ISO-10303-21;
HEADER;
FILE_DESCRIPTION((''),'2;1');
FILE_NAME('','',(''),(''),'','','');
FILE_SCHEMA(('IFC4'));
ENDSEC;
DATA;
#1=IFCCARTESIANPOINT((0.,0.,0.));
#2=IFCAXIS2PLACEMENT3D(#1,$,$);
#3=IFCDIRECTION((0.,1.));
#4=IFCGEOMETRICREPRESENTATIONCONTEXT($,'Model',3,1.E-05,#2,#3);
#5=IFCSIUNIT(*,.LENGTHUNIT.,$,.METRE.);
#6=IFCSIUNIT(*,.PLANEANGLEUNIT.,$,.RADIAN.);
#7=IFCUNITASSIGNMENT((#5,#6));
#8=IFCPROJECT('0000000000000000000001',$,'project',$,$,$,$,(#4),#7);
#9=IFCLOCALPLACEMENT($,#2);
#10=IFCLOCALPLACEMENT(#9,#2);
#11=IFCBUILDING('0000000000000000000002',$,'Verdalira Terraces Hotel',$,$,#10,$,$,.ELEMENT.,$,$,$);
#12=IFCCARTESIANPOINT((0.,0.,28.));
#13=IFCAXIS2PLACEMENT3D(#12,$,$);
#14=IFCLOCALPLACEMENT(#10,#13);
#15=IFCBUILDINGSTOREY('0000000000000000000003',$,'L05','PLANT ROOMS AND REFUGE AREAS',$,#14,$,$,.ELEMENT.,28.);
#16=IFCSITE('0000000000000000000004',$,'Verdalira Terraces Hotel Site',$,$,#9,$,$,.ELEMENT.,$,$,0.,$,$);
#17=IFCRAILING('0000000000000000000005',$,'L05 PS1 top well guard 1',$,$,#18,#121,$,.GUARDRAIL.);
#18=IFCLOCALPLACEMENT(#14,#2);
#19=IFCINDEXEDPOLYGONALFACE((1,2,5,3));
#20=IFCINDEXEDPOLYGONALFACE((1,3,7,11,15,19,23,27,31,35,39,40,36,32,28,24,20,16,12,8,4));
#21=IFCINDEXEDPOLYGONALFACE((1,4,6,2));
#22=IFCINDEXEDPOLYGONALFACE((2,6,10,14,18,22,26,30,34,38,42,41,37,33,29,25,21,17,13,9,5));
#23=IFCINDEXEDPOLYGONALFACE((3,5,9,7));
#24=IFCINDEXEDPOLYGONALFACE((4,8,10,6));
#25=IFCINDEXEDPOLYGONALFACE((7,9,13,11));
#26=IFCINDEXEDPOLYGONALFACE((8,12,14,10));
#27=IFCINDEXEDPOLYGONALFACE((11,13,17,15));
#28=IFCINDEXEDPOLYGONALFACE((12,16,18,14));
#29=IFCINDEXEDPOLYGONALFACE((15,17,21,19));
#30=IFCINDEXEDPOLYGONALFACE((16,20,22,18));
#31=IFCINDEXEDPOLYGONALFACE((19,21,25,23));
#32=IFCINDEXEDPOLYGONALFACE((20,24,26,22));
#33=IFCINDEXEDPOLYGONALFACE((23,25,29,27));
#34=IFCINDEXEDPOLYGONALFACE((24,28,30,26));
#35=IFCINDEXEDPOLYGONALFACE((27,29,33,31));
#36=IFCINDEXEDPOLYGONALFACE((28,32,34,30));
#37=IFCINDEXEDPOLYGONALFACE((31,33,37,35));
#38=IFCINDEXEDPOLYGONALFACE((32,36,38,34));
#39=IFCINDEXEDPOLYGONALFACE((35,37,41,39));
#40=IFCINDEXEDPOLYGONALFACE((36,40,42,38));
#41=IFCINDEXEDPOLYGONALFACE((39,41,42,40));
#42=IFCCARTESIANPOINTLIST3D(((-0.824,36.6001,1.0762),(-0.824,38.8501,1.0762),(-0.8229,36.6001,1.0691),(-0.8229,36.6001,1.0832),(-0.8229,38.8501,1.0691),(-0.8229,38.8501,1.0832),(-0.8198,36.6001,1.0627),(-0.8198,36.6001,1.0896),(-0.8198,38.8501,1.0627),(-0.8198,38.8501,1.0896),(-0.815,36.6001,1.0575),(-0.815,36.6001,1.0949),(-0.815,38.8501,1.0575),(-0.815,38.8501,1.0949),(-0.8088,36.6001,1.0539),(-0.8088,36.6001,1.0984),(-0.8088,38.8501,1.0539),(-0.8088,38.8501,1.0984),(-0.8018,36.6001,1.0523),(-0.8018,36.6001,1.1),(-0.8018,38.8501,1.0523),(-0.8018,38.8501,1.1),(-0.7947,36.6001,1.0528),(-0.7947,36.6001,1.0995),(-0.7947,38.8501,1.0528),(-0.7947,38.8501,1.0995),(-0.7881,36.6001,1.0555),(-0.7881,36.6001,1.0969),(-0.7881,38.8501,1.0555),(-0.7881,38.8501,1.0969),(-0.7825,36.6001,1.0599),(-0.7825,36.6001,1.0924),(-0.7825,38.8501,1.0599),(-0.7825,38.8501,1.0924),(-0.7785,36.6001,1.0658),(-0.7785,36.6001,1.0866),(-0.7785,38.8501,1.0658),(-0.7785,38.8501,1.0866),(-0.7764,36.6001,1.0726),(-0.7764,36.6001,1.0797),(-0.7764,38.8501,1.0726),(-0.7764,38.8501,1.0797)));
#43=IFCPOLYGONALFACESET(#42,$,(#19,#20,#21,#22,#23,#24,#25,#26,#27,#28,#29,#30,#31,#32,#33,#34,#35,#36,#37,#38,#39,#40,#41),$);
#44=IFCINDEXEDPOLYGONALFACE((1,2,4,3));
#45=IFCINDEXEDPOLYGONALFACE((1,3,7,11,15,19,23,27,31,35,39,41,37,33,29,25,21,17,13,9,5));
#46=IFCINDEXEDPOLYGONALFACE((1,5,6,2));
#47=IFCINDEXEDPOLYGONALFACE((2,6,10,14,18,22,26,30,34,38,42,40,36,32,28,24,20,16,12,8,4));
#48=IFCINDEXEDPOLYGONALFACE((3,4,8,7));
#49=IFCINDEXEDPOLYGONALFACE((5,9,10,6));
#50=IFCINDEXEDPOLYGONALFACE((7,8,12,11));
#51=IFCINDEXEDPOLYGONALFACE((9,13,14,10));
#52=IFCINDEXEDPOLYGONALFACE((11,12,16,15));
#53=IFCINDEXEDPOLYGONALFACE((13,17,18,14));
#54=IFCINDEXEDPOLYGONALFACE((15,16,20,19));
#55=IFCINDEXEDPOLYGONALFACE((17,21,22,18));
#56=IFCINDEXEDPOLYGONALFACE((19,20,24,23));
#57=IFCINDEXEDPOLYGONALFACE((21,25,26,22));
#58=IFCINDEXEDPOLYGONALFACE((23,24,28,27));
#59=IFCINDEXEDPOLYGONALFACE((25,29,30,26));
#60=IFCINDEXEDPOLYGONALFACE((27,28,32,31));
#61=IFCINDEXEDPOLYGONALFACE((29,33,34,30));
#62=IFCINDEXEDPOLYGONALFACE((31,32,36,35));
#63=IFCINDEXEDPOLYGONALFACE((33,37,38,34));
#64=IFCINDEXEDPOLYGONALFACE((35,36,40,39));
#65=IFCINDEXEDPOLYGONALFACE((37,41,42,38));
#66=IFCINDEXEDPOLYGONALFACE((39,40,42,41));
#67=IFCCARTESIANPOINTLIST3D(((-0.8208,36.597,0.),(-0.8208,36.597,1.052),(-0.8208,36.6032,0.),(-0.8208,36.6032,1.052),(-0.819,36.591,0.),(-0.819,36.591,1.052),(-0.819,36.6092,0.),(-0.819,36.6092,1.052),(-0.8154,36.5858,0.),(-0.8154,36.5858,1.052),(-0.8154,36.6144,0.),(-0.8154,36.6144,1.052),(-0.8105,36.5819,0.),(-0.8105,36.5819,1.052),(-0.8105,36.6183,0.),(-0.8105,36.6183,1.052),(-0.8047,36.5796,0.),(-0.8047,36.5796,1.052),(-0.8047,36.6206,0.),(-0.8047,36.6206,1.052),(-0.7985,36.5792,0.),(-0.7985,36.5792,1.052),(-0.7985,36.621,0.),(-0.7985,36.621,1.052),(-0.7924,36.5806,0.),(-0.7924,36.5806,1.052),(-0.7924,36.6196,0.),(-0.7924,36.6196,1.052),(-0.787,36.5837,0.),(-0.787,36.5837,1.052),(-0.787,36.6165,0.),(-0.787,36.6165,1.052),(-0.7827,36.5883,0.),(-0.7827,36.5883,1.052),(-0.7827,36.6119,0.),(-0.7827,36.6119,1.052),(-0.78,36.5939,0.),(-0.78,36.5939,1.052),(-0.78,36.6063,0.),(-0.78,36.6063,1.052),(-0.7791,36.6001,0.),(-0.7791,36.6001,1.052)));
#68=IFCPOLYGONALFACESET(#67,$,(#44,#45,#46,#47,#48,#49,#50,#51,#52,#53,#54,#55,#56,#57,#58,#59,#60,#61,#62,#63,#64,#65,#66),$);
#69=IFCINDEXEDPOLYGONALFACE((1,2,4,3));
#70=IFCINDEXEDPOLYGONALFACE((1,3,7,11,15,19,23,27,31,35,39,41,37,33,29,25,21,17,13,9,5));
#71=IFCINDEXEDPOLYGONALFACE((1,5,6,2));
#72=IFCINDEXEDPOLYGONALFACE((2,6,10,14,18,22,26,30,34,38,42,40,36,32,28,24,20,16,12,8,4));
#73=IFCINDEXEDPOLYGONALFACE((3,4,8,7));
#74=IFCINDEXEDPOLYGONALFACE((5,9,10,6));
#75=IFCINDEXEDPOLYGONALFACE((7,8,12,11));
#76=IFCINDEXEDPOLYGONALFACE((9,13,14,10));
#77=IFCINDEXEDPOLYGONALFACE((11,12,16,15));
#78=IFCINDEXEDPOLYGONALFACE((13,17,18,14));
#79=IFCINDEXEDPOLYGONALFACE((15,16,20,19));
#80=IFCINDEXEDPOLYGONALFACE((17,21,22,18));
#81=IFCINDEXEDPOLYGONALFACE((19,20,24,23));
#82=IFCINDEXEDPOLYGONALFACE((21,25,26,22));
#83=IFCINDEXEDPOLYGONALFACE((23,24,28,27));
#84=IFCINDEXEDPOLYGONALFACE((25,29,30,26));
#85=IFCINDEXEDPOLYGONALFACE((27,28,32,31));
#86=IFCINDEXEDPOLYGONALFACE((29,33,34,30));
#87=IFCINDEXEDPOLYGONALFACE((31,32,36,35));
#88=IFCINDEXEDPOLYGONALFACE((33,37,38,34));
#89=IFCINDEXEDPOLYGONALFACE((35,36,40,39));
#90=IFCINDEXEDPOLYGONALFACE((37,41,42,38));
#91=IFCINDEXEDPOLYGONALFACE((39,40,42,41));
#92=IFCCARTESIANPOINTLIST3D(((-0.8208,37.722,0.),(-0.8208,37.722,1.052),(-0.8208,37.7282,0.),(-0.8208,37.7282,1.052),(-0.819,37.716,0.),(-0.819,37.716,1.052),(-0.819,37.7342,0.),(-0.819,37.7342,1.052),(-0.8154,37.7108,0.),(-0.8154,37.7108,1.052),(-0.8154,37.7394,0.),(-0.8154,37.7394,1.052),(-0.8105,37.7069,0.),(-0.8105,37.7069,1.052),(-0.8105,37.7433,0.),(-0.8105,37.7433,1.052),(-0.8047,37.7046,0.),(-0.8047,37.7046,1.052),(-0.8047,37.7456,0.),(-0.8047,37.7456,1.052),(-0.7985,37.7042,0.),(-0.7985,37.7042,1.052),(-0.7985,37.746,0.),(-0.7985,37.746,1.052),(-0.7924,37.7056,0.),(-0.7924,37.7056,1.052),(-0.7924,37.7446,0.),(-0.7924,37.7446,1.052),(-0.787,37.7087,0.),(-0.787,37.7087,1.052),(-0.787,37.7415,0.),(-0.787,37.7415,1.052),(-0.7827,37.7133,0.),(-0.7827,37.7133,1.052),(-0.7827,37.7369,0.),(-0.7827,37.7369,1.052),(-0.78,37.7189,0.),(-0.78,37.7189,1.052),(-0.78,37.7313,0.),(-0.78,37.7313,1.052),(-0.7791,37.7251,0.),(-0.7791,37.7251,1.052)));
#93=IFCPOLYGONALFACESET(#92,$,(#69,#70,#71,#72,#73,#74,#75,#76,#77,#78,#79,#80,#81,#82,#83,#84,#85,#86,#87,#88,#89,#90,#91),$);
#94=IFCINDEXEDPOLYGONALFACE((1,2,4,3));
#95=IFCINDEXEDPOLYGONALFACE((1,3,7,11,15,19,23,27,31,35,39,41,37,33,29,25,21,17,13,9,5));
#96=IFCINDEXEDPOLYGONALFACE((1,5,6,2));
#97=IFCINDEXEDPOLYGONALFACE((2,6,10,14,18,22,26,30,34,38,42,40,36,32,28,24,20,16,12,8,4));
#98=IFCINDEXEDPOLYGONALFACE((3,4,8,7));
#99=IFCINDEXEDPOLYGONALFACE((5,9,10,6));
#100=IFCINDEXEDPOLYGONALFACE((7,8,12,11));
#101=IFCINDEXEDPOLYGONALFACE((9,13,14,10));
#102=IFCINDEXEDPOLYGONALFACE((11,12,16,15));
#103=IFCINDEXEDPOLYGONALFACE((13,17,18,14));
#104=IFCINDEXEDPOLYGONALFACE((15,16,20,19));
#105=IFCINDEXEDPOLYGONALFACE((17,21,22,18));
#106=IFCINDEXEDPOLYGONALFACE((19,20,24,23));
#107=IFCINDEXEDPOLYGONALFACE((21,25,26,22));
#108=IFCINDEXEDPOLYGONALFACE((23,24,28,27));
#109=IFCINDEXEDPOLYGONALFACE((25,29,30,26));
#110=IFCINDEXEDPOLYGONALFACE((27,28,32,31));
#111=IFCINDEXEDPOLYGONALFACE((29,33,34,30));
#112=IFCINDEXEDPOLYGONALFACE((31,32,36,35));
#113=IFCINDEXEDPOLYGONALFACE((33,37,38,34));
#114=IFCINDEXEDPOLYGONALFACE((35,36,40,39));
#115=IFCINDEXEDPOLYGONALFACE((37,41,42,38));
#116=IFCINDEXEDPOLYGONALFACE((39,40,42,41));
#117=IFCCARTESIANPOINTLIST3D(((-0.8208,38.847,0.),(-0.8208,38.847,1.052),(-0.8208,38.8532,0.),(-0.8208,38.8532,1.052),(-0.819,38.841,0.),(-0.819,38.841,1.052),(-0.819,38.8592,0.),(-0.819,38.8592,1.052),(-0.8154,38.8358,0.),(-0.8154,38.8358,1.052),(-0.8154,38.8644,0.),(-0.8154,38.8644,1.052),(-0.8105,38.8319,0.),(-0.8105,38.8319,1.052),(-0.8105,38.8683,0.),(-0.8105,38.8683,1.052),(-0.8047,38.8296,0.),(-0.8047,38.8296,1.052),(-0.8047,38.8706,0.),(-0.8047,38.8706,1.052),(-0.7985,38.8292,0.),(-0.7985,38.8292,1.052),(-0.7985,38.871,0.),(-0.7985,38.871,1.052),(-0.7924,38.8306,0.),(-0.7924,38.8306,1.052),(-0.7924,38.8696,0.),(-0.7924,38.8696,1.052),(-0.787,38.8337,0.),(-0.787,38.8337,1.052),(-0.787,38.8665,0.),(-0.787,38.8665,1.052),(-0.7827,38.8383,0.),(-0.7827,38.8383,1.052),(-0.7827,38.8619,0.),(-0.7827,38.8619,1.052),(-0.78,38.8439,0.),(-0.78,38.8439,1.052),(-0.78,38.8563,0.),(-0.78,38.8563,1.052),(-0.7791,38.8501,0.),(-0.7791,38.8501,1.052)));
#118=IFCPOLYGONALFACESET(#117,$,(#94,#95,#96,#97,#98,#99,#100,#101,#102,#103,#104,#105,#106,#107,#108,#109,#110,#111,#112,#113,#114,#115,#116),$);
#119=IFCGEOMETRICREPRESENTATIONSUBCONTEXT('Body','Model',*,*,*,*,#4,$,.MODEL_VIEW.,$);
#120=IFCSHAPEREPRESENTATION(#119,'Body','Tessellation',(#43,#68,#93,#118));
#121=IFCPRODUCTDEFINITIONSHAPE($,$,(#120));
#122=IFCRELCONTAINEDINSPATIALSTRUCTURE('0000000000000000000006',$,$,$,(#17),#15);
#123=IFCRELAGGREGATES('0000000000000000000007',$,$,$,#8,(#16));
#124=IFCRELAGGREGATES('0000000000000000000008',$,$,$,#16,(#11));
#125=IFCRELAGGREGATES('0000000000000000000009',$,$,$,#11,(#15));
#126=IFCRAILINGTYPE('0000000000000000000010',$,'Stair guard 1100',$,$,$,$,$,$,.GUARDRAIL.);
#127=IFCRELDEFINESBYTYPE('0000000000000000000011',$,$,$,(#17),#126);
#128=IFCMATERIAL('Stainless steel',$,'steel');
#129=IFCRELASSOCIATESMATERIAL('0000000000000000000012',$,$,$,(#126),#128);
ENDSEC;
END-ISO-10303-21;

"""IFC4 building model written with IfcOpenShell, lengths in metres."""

from ifc_helpers import new_model, si_unit, direction, frame, origin, origin_2d, place, context, subcontext, project, spatial, circle, extrude, material, type_object, element, save


model = new_model("IFC4")

# Units and contexts
model_context = context("Model", 3, precision=1e-05, world=origin(), true_north=direction((0.0, 1.0)))
body_context = subcontext(model_context, "Body", "Model", "MODEL_VIEW")
ifc_project = project(units=[si_unit("LENGTHUNIT", "METRE"), si_unit("PLANEANGLEUNIT", "RADIAN")], contexts=[model_context])

# Site, building, storey
site_placement = place(None, origin())
site = spatial("IfcSite", under=ifc_project, at=site_placement, Name="Verdalira Terraces Hotel Site", CompositionType="ELEMENT", RefElevation=0.0)
building_placement = place(site_placement, origin())
building = spatial("IfcBuilding", under=site, at=building_placement, Name="Verdalira Terraces Hotel", CompositionType="ELEMENT")
storey_placement = place(building_placement, frame((0.0, 0.0, 28.0)))
storey = spatial("IfcBuildingStorey", under=building, at=storey_placement, Name="L05", Description="PLANT ROOMS AND REFUGE AREAS", CompositionType="ELEMENT", Elevation=28.0)

# Railing
ifc_material_1 = material(Name="Stainless steel", Category="steel")
railing_type = type_object("IfcRailingType", Name="Stair guard 1100", PredefinedType="GUARDRAIL", material=ifc_material_1)
railing_placement = place(storey_placement, frame((-0.8, 36.6001, 0.0)))
element("IfcRailing", 1, at=railing_placement, inside=storey, type_object=railing_type, Name="L05 PS1 top well guard 1", PredefinedType="GUARDRAIL", context=body_context, shape_type="SweptSolid", body=[
    extrude(circle(Radius=0.0239, at=origin_2d()), frame((0.0, 0.0, 1.0762), z_axis=(0.0, 1.0, 0.0), x_axis=(-1.0, 0.0, 0.0)), (0.0, 0.0, 1.0), 2.25),
    extrude(circle(Radius=0.021, at=origin_2d()), origin(), (0.0, 0.0, 1.0), 1.052),
    extrude(circle(Radius=0.021, at=origin_2d()), frame((0.0, 1.125, 0.0)), (0.0, 0.0, 1.0), 1.052),
    extrude(circle(Radius=0.021, at=origin_2d()), frame((0.0, 2.25, 0.0)), (0.0, 0.0, 1.0), 1.052),
])

save(model, "model.ifc")
